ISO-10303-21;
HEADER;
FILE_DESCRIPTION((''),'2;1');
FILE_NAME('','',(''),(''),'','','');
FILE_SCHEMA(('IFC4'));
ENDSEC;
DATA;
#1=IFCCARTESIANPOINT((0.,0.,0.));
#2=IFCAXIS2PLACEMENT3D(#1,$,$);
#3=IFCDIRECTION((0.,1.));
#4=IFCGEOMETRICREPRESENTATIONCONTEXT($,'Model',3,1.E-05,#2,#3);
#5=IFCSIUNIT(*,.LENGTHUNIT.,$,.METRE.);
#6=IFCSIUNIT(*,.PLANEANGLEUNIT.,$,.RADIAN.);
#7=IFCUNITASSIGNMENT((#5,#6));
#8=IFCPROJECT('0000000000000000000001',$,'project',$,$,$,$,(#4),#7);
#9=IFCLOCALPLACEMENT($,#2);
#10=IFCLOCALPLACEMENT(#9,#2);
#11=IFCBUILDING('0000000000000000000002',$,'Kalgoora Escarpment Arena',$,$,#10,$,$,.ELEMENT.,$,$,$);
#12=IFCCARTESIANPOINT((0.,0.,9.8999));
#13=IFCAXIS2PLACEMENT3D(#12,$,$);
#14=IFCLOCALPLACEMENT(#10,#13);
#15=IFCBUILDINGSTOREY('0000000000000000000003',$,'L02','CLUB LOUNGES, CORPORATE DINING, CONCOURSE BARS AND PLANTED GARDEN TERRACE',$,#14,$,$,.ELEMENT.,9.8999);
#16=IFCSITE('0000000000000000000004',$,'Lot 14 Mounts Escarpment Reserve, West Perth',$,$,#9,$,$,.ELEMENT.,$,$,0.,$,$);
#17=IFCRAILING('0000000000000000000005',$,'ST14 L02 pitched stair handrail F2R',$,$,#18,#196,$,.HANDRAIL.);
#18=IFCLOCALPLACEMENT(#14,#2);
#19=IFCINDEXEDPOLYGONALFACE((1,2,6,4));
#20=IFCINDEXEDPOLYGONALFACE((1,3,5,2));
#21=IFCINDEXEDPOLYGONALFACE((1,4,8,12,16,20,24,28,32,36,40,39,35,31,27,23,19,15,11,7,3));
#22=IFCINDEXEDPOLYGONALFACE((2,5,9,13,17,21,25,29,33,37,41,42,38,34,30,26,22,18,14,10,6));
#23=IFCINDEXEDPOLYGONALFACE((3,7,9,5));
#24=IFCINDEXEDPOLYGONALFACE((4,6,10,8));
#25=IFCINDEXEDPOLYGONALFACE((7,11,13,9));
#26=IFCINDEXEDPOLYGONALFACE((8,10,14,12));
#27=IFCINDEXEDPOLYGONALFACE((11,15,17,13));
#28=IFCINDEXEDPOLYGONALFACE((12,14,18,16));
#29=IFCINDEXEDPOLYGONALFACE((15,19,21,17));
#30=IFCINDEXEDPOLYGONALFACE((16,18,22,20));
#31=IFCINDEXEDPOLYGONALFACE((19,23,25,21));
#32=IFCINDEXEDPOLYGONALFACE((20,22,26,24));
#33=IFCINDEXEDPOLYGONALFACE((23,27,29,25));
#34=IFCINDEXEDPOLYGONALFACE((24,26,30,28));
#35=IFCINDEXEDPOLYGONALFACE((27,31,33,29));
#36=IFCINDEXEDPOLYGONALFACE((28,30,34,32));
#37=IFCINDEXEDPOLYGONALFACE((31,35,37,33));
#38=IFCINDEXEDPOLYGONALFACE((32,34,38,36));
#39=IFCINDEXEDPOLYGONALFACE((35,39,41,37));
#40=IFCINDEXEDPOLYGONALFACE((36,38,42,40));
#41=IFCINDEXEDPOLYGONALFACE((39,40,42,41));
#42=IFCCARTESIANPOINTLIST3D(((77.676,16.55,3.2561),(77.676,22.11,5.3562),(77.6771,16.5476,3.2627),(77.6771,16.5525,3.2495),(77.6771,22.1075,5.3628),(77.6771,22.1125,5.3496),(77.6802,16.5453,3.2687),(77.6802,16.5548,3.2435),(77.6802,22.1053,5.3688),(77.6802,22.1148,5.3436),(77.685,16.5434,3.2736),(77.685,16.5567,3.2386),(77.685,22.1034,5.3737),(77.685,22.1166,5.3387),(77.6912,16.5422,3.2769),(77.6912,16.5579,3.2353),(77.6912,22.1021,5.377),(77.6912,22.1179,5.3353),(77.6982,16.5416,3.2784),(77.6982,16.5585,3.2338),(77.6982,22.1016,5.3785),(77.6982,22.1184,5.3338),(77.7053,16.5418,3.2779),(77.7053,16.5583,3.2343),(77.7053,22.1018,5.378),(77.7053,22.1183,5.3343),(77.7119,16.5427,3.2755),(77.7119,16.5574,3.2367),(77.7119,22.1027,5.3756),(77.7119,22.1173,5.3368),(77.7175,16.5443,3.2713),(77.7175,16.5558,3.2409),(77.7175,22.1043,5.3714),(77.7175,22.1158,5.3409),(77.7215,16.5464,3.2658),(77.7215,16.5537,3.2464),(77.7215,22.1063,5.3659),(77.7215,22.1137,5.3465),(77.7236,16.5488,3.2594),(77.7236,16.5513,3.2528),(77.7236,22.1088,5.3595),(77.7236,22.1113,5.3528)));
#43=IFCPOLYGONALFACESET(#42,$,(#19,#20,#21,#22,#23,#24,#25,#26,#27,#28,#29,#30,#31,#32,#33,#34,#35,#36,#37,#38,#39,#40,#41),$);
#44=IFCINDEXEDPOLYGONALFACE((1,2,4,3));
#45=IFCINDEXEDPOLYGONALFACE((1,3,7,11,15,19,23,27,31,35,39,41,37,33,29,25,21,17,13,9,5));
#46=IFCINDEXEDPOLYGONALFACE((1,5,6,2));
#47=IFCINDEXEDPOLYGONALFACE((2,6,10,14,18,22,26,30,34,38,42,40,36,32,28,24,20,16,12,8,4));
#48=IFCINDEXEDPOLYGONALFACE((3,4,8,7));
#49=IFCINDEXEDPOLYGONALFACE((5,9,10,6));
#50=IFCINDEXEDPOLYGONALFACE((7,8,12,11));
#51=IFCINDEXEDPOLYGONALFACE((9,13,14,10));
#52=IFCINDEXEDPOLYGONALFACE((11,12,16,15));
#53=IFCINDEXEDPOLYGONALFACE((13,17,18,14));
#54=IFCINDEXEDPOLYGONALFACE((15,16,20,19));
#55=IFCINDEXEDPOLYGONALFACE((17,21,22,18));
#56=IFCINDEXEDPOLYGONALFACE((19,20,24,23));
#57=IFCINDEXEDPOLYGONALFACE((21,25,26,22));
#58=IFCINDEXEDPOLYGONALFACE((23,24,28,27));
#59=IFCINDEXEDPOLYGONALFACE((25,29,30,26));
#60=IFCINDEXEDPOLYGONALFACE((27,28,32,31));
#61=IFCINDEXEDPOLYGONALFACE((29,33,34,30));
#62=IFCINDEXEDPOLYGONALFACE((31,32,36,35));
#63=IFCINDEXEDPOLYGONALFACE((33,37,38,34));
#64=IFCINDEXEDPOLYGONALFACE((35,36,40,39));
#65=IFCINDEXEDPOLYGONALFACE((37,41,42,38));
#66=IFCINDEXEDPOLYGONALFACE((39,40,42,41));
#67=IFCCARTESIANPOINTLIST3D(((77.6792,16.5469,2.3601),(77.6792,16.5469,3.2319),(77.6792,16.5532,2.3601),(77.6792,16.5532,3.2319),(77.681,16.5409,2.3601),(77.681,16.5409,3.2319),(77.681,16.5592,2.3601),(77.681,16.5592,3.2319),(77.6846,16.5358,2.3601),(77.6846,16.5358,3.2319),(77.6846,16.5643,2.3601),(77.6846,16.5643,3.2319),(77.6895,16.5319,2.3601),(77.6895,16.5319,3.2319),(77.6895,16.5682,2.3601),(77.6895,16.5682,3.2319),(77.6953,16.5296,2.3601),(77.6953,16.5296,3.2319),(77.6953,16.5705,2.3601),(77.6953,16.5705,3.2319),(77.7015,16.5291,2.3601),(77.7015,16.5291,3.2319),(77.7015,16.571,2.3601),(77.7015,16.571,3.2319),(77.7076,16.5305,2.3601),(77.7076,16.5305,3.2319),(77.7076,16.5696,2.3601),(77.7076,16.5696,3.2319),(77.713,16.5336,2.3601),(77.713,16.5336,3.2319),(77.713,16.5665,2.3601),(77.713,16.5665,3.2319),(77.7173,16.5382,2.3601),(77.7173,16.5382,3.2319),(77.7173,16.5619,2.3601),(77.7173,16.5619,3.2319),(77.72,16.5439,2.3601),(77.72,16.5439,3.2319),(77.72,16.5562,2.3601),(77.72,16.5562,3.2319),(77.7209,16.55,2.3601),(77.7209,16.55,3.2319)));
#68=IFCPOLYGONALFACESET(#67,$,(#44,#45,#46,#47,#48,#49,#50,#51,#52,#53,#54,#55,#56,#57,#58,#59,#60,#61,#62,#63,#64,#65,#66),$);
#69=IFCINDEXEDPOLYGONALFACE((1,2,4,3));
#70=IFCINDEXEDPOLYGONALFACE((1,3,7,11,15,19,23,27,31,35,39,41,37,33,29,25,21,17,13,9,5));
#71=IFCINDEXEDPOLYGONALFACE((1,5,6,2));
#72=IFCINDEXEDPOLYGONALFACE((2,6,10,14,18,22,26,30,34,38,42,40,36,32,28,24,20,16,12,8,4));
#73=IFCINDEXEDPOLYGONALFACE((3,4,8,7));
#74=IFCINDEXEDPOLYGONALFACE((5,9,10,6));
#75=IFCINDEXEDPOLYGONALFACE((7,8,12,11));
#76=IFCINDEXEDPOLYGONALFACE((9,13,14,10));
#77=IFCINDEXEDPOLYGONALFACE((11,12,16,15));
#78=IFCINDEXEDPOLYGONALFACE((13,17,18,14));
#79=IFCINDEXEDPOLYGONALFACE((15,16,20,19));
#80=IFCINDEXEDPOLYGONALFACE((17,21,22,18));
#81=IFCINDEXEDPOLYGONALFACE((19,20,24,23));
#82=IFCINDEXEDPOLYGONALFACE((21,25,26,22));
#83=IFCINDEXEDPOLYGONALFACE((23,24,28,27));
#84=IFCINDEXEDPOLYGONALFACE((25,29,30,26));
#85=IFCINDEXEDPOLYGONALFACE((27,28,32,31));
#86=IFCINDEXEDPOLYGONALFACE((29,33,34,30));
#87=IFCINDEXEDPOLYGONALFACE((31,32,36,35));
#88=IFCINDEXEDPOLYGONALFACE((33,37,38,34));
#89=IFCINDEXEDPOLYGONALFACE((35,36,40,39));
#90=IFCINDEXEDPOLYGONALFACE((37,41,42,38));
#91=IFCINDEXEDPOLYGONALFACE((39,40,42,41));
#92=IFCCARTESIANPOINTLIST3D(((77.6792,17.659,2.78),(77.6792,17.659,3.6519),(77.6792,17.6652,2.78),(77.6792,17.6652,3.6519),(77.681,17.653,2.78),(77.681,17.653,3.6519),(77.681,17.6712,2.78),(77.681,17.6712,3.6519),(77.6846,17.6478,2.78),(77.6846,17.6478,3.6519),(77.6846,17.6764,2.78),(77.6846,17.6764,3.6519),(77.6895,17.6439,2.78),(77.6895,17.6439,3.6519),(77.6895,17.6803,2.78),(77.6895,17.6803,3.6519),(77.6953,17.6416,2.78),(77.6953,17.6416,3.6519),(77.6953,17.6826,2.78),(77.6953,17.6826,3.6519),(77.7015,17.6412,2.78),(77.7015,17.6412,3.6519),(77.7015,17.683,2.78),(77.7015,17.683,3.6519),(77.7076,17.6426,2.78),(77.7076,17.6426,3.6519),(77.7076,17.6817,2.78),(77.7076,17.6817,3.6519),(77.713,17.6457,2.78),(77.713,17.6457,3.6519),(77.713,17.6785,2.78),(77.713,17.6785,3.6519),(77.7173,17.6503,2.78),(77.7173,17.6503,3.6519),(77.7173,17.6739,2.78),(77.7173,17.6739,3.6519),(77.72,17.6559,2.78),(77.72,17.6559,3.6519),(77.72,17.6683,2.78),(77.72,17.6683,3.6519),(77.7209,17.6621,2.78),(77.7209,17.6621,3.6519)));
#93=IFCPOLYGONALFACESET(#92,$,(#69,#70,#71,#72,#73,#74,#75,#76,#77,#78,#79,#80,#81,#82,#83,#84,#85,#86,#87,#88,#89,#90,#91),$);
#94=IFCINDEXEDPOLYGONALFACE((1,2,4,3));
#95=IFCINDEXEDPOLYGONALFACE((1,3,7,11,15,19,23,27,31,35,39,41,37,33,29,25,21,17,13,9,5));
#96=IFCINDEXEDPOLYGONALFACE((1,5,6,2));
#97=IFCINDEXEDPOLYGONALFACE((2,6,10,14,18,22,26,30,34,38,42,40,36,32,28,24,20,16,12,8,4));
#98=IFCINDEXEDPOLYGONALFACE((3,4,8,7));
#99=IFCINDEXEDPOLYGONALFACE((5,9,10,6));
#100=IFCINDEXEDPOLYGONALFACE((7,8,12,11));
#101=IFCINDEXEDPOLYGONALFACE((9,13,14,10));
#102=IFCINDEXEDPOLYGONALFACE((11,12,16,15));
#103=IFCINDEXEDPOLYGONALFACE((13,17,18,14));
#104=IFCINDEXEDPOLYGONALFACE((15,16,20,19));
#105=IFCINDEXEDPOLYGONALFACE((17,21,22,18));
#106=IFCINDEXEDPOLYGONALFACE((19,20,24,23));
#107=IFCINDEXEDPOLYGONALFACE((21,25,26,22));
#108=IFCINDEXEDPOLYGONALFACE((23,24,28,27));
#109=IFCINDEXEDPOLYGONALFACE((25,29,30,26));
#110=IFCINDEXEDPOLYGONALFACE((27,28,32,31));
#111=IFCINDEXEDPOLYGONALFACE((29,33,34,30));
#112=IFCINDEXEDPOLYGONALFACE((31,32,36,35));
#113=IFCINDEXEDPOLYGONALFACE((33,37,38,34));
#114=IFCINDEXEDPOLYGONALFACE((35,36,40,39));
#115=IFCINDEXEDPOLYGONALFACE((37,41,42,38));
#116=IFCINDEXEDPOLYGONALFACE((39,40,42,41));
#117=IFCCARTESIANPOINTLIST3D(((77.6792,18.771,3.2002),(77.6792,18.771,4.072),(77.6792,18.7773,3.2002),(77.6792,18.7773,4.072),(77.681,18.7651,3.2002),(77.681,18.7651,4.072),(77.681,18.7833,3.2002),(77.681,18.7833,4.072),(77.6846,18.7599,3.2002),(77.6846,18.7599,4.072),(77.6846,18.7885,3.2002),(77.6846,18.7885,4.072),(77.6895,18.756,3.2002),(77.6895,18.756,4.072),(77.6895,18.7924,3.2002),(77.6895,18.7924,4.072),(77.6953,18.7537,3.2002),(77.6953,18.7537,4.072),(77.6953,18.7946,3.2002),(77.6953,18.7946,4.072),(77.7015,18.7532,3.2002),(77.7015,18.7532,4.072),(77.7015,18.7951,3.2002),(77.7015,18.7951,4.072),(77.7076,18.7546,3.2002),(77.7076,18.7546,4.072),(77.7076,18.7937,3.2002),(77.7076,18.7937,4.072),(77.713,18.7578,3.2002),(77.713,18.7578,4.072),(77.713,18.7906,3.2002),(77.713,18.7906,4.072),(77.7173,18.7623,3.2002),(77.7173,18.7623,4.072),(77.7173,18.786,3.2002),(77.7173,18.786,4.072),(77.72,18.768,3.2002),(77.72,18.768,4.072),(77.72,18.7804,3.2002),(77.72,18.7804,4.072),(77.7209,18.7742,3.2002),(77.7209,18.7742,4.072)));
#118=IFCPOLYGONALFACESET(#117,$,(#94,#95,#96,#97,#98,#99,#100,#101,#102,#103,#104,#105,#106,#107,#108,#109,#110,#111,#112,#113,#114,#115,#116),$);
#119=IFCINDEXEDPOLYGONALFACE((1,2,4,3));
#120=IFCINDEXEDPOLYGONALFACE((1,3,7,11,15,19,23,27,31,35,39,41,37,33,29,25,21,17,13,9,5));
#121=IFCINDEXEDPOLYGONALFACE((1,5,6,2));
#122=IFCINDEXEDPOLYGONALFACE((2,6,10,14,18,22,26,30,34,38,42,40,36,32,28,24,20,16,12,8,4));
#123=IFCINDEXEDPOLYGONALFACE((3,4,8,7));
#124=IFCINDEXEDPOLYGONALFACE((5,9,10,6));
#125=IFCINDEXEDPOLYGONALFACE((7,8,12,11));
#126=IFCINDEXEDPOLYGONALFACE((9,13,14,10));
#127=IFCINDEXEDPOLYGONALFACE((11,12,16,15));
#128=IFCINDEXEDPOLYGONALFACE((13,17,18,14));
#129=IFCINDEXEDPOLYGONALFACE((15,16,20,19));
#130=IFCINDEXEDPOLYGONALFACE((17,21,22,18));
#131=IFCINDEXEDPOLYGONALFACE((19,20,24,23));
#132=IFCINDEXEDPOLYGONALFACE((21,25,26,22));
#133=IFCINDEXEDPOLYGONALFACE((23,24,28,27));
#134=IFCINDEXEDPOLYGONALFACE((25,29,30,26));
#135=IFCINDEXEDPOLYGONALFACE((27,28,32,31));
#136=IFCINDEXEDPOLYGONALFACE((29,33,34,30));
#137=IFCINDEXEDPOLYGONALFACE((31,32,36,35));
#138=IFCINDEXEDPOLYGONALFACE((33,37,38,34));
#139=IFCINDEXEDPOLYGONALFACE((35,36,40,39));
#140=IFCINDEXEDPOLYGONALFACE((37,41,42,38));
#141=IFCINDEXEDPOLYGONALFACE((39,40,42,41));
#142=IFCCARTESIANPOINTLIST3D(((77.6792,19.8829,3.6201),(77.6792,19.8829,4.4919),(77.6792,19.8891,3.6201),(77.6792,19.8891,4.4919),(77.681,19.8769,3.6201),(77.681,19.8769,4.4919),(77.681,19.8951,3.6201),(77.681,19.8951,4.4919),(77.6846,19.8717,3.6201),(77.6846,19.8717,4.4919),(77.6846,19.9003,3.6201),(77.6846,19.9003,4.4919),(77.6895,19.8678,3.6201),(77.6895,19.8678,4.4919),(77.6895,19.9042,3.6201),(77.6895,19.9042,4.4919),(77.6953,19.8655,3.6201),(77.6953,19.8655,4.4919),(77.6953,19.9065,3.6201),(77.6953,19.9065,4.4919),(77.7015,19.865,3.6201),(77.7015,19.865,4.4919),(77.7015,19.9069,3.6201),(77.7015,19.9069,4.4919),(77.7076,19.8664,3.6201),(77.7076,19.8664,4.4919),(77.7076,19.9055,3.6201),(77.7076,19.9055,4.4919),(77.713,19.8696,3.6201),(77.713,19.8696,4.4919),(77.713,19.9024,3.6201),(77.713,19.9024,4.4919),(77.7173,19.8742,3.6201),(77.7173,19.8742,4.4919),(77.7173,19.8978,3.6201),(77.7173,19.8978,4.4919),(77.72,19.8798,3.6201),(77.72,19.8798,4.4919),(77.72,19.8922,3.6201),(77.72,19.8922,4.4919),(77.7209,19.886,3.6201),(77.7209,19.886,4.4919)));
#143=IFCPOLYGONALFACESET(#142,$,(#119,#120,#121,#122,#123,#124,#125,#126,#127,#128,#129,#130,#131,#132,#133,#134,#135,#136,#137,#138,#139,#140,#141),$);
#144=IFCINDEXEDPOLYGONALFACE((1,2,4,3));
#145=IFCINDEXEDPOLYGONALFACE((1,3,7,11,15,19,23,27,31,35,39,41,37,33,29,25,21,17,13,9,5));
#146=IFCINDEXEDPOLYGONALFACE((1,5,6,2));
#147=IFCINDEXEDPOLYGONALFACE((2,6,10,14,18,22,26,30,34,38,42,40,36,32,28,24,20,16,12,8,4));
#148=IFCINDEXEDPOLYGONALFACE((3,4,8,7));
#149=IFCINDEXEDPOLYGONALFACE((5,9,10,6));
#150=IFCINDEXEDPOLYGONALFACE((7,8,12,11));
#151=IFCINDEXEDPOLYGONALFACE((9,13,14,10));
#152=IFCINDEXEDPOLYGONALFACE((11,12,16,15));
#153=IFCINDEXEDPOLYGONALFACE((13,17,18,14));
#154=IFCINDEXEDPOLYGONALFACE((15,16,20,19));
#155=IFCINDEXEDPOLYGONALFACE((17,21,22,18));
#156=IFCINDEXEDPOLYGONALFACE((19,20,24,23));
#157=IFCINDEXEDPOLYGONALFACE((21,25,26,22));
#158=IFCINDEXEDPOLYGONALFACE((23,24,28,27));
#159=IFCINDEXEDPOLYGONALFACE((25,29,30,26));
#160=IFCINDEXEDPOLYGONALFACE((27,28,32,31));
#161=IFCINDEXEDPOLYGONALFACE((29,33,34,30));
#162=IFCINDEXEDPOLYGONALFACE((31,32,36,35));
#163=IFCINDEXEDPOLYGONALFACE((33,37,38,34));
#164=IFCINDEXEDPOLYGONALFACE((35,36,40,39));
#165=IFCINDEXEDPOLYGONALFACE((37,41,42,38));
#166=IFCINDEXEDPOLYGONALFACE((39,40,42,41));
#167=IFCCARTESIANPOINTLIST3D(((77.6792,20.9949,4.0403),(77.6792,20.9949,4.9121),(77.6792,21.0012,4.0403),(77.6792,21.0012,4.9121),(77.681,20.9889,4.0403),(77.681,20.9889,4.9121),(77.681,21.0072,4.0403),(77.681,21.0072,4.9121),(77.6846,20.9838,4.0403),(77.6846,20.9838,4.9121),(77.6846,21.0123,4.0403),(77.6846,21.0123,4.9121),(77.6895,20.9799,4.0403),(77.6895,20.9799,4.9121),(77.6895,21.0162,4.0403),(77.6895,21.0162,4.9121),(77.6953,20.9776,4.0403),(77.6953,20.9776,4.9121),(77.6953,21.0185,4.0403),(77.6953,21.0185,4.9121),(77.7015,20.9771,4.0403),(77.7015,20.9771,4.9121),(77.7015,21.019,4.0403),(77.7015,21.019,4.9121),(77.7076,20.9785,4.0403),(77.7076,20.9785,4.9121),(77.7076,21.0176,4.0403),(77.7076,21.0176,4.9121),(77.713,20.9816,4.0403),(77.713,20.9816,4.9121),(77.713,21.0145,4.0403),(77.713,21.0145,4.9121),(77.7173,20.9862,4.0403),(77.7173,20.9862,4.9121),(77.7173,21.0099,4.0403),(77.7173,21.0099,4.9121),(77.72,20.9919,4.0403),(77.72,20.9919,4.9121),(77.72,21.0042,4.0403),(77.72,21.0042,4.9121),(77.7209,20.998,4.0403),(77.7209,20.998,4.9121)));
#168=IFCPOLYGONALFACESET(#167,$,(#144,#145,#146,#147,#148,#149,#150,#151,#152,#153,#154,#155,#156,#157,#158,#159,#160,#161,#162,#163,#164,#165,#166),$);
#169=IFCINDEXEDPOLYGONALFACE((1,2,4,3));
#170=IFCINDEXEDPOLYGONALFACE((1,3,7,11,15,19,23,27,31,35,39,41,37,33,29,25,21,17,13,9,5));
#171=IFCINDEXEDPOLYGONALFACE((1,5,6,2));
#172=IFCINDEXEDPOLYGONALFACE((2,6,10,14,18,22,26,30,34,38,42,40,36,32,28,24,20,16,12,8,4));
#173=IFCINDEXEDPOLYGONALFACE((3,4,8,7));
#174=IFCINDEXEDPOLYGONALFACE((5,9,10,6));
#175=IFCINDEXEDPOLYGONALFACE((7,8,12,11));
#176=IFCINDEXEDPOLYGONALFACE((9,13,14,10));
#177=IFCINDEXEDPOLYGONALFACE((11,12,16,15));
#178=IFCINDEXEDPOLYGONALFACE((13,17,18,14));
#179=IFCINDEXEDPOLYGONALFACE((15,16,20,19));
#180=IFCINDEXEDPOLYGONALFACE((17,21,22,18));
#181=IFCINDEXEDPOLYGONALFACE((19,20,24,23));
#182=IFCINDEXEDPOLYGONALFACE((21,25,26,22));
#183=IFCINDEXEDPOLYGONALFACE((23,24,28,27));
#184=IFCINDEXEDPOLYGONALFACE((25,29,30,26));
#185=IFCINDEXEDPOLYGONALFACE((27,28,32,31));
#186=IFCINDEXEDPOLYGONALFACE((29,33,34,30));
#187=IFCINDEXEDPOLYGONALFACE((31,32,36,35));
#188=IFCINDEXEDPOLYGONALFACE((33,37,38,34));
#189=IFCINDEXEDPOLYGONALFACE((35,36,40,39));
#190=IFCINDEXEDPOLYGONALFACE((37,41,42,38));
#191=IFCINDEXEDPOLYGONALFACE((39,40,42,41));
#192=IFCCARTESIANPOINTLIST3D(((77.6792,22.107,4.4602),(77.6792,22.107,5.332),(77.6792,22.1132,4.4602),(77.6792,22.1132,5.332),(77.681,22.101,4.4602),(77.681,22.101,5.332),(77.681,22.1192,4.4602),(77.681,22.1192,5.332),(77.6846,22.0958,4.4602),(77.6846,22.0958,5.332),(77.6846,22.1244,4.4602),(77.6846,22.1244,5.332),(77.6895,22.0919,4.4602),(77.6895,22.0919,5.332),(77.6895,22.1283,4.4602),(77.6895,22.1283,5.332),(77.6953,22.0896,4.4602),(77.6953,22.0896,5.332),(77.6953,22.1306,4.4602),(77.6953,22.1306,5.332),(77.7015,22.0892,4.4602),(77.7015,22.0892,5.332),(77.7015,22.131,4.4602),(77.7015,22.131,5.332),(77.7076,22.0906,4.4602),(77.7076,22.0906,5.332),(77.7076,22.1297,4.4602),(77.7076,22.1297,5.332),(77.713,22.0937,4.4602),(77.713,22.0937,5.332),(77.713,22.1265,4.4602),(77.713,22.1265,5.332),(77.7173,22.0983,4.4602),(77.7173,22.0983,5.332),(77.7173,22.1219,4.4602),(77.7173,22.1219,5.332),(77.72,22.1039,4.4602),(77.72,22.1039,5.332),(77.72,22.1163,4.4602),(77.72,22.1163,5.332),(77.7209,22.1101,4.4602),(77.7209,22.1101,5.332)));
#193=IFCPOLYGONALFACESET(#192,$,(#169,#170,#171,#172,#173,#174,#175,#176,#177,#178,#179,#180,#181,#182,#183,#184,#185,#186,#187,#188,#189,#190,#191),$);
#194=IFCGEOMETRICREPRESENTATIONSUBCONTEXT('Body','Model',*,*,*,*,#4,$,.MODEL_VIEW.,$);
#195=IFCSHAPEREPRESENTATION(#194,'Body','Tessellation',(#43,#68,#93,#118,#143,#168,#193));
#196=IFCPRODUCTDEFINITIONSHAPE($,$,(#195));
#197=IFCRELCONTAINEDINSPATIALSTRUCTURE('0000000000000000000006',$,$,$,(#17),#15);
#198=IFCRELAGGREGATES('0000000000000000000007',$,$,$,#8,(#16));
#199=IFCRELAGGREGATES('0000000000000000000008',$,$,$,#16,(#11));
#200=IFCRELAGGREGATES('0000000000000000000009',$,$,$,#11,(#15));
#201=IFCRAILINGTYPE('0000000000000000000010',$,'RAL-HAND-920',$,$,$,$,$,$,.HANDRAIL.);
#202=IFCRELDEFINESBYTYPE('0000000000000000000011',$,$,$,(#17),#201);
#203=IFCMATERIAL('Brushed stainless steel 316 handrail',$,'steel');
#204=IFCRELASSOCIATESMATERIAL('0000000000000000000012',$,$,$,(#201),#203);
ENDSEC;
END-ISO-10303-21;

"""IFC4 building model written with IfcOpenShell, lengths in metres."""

from ifc_helpers import new_model, si_unit, direction, frame, origin, origin_2d, place, context, subcontext, project, spatial, circle, extrude, material, type_object, element, save


model = new_model("IFC4")

# Units and contexts
model_context = context("Model", 3, precision=1e-05, world=origin(), true_north=direction((0.0, 1.0)))
body_context = subcontext(model_context, "Body", "Model", "MODEL_VIEW")
ifc_project = project(units=[si_unit("LENGTHUNIT", "METRE"), si_unit("PLANEANGLEUNIT", "RADIAN")], contexts=[model_context])

# Site, building, storey
site_placement = place(None, origin())
site = spatial("IfcSite", under=ifc_project, at=site_placement, Name="Lot 14 Mounts Escarpment Reserve, West Perth", CompositionType="ELEMENT", RefElevation=0.0)
building_placement = place(site_placement, origin())
building = spatial("IfcBuilding", under=site, at=building_placement, Name="Kalgoora Escarpment Arena", CompositionType="ELEMENT")
storey_placement = place(building_placement, frame((0.0, 0.0, 9.8999)))
storey = spatial("IfcBuildingStorey", under=building, at=storey_placement, Name="L02", Description="CLUB LOUNGES, CORPORATE DINING, CONCOURSE BARS AND PLANTED GARDEN TERRACE", CompositionType="ELEMENT", Elevation=9.8999)

# Railing
ifc_material_1 = material(Name="Brushed stainless steel 316 handrail", Category="steel")
railing_type_1 = type_object("IfcRailingType", Name="RAL-HAND-920", PredefinedType="HANDRAIL", material=ifc_material_1)
for number, where, name in (
    (1, (77.7, 16.55, 2.3601), "ST14 L02 pitched stair handrail F2R"),
):
    element("IfcRailing", number, at=place(storey_placement, frame(where)), inside=storey, type_object=railing_type_1, Name=name, PredefinedType="HANDRAIL", context=body_context, shape_type="SweptSolid", body=[
        extrude(circle(Radius=0.0239, at=origin_2d()), frame((0.0, 0.0, 0.896), z_axis=(0.0, 0.935493, 0.353346), x_axis=(-1.0, 0.0, 0.0)), (0.0, 0.0, 1.0), 5.9434),
        extrude(circle(Radius=0.021, at=origin_2d()), origin(), (0.0, 0.0, 1.0), 0.8718),
        extrude(circle(Radius=0.021, at=origin_2d()), frame((0.0, 1.1121, 0.4199)), (0.0, 0.0, 1.0), 0.8718),
        extrude(circle(Radius=0.021, at=origin_2d()), frame((0.0, 2.2241, 0.8401)), (0.0, 0.0, 1.0), 0.8718),
        extrude(circle(Radius=0.021, at=origin_2d()), frame((0.0, 3.3359, 1.26)), (0.0, 0.0, 1.0), 0.8718),
        extrude(circle(Radius=0.021, at=origin_2d()), frame((0.0, 4.448, 1.6802)), (0.0, 0.0, 1.0), 0.8718),
        extrude(circle(Radius=0.021, at=origin_2d()), frame((0.0, 5.5601, 2.1001)), (0.0, 0.0, 1.0), 0.8718),
    ])

save(model, "model.ifc")
